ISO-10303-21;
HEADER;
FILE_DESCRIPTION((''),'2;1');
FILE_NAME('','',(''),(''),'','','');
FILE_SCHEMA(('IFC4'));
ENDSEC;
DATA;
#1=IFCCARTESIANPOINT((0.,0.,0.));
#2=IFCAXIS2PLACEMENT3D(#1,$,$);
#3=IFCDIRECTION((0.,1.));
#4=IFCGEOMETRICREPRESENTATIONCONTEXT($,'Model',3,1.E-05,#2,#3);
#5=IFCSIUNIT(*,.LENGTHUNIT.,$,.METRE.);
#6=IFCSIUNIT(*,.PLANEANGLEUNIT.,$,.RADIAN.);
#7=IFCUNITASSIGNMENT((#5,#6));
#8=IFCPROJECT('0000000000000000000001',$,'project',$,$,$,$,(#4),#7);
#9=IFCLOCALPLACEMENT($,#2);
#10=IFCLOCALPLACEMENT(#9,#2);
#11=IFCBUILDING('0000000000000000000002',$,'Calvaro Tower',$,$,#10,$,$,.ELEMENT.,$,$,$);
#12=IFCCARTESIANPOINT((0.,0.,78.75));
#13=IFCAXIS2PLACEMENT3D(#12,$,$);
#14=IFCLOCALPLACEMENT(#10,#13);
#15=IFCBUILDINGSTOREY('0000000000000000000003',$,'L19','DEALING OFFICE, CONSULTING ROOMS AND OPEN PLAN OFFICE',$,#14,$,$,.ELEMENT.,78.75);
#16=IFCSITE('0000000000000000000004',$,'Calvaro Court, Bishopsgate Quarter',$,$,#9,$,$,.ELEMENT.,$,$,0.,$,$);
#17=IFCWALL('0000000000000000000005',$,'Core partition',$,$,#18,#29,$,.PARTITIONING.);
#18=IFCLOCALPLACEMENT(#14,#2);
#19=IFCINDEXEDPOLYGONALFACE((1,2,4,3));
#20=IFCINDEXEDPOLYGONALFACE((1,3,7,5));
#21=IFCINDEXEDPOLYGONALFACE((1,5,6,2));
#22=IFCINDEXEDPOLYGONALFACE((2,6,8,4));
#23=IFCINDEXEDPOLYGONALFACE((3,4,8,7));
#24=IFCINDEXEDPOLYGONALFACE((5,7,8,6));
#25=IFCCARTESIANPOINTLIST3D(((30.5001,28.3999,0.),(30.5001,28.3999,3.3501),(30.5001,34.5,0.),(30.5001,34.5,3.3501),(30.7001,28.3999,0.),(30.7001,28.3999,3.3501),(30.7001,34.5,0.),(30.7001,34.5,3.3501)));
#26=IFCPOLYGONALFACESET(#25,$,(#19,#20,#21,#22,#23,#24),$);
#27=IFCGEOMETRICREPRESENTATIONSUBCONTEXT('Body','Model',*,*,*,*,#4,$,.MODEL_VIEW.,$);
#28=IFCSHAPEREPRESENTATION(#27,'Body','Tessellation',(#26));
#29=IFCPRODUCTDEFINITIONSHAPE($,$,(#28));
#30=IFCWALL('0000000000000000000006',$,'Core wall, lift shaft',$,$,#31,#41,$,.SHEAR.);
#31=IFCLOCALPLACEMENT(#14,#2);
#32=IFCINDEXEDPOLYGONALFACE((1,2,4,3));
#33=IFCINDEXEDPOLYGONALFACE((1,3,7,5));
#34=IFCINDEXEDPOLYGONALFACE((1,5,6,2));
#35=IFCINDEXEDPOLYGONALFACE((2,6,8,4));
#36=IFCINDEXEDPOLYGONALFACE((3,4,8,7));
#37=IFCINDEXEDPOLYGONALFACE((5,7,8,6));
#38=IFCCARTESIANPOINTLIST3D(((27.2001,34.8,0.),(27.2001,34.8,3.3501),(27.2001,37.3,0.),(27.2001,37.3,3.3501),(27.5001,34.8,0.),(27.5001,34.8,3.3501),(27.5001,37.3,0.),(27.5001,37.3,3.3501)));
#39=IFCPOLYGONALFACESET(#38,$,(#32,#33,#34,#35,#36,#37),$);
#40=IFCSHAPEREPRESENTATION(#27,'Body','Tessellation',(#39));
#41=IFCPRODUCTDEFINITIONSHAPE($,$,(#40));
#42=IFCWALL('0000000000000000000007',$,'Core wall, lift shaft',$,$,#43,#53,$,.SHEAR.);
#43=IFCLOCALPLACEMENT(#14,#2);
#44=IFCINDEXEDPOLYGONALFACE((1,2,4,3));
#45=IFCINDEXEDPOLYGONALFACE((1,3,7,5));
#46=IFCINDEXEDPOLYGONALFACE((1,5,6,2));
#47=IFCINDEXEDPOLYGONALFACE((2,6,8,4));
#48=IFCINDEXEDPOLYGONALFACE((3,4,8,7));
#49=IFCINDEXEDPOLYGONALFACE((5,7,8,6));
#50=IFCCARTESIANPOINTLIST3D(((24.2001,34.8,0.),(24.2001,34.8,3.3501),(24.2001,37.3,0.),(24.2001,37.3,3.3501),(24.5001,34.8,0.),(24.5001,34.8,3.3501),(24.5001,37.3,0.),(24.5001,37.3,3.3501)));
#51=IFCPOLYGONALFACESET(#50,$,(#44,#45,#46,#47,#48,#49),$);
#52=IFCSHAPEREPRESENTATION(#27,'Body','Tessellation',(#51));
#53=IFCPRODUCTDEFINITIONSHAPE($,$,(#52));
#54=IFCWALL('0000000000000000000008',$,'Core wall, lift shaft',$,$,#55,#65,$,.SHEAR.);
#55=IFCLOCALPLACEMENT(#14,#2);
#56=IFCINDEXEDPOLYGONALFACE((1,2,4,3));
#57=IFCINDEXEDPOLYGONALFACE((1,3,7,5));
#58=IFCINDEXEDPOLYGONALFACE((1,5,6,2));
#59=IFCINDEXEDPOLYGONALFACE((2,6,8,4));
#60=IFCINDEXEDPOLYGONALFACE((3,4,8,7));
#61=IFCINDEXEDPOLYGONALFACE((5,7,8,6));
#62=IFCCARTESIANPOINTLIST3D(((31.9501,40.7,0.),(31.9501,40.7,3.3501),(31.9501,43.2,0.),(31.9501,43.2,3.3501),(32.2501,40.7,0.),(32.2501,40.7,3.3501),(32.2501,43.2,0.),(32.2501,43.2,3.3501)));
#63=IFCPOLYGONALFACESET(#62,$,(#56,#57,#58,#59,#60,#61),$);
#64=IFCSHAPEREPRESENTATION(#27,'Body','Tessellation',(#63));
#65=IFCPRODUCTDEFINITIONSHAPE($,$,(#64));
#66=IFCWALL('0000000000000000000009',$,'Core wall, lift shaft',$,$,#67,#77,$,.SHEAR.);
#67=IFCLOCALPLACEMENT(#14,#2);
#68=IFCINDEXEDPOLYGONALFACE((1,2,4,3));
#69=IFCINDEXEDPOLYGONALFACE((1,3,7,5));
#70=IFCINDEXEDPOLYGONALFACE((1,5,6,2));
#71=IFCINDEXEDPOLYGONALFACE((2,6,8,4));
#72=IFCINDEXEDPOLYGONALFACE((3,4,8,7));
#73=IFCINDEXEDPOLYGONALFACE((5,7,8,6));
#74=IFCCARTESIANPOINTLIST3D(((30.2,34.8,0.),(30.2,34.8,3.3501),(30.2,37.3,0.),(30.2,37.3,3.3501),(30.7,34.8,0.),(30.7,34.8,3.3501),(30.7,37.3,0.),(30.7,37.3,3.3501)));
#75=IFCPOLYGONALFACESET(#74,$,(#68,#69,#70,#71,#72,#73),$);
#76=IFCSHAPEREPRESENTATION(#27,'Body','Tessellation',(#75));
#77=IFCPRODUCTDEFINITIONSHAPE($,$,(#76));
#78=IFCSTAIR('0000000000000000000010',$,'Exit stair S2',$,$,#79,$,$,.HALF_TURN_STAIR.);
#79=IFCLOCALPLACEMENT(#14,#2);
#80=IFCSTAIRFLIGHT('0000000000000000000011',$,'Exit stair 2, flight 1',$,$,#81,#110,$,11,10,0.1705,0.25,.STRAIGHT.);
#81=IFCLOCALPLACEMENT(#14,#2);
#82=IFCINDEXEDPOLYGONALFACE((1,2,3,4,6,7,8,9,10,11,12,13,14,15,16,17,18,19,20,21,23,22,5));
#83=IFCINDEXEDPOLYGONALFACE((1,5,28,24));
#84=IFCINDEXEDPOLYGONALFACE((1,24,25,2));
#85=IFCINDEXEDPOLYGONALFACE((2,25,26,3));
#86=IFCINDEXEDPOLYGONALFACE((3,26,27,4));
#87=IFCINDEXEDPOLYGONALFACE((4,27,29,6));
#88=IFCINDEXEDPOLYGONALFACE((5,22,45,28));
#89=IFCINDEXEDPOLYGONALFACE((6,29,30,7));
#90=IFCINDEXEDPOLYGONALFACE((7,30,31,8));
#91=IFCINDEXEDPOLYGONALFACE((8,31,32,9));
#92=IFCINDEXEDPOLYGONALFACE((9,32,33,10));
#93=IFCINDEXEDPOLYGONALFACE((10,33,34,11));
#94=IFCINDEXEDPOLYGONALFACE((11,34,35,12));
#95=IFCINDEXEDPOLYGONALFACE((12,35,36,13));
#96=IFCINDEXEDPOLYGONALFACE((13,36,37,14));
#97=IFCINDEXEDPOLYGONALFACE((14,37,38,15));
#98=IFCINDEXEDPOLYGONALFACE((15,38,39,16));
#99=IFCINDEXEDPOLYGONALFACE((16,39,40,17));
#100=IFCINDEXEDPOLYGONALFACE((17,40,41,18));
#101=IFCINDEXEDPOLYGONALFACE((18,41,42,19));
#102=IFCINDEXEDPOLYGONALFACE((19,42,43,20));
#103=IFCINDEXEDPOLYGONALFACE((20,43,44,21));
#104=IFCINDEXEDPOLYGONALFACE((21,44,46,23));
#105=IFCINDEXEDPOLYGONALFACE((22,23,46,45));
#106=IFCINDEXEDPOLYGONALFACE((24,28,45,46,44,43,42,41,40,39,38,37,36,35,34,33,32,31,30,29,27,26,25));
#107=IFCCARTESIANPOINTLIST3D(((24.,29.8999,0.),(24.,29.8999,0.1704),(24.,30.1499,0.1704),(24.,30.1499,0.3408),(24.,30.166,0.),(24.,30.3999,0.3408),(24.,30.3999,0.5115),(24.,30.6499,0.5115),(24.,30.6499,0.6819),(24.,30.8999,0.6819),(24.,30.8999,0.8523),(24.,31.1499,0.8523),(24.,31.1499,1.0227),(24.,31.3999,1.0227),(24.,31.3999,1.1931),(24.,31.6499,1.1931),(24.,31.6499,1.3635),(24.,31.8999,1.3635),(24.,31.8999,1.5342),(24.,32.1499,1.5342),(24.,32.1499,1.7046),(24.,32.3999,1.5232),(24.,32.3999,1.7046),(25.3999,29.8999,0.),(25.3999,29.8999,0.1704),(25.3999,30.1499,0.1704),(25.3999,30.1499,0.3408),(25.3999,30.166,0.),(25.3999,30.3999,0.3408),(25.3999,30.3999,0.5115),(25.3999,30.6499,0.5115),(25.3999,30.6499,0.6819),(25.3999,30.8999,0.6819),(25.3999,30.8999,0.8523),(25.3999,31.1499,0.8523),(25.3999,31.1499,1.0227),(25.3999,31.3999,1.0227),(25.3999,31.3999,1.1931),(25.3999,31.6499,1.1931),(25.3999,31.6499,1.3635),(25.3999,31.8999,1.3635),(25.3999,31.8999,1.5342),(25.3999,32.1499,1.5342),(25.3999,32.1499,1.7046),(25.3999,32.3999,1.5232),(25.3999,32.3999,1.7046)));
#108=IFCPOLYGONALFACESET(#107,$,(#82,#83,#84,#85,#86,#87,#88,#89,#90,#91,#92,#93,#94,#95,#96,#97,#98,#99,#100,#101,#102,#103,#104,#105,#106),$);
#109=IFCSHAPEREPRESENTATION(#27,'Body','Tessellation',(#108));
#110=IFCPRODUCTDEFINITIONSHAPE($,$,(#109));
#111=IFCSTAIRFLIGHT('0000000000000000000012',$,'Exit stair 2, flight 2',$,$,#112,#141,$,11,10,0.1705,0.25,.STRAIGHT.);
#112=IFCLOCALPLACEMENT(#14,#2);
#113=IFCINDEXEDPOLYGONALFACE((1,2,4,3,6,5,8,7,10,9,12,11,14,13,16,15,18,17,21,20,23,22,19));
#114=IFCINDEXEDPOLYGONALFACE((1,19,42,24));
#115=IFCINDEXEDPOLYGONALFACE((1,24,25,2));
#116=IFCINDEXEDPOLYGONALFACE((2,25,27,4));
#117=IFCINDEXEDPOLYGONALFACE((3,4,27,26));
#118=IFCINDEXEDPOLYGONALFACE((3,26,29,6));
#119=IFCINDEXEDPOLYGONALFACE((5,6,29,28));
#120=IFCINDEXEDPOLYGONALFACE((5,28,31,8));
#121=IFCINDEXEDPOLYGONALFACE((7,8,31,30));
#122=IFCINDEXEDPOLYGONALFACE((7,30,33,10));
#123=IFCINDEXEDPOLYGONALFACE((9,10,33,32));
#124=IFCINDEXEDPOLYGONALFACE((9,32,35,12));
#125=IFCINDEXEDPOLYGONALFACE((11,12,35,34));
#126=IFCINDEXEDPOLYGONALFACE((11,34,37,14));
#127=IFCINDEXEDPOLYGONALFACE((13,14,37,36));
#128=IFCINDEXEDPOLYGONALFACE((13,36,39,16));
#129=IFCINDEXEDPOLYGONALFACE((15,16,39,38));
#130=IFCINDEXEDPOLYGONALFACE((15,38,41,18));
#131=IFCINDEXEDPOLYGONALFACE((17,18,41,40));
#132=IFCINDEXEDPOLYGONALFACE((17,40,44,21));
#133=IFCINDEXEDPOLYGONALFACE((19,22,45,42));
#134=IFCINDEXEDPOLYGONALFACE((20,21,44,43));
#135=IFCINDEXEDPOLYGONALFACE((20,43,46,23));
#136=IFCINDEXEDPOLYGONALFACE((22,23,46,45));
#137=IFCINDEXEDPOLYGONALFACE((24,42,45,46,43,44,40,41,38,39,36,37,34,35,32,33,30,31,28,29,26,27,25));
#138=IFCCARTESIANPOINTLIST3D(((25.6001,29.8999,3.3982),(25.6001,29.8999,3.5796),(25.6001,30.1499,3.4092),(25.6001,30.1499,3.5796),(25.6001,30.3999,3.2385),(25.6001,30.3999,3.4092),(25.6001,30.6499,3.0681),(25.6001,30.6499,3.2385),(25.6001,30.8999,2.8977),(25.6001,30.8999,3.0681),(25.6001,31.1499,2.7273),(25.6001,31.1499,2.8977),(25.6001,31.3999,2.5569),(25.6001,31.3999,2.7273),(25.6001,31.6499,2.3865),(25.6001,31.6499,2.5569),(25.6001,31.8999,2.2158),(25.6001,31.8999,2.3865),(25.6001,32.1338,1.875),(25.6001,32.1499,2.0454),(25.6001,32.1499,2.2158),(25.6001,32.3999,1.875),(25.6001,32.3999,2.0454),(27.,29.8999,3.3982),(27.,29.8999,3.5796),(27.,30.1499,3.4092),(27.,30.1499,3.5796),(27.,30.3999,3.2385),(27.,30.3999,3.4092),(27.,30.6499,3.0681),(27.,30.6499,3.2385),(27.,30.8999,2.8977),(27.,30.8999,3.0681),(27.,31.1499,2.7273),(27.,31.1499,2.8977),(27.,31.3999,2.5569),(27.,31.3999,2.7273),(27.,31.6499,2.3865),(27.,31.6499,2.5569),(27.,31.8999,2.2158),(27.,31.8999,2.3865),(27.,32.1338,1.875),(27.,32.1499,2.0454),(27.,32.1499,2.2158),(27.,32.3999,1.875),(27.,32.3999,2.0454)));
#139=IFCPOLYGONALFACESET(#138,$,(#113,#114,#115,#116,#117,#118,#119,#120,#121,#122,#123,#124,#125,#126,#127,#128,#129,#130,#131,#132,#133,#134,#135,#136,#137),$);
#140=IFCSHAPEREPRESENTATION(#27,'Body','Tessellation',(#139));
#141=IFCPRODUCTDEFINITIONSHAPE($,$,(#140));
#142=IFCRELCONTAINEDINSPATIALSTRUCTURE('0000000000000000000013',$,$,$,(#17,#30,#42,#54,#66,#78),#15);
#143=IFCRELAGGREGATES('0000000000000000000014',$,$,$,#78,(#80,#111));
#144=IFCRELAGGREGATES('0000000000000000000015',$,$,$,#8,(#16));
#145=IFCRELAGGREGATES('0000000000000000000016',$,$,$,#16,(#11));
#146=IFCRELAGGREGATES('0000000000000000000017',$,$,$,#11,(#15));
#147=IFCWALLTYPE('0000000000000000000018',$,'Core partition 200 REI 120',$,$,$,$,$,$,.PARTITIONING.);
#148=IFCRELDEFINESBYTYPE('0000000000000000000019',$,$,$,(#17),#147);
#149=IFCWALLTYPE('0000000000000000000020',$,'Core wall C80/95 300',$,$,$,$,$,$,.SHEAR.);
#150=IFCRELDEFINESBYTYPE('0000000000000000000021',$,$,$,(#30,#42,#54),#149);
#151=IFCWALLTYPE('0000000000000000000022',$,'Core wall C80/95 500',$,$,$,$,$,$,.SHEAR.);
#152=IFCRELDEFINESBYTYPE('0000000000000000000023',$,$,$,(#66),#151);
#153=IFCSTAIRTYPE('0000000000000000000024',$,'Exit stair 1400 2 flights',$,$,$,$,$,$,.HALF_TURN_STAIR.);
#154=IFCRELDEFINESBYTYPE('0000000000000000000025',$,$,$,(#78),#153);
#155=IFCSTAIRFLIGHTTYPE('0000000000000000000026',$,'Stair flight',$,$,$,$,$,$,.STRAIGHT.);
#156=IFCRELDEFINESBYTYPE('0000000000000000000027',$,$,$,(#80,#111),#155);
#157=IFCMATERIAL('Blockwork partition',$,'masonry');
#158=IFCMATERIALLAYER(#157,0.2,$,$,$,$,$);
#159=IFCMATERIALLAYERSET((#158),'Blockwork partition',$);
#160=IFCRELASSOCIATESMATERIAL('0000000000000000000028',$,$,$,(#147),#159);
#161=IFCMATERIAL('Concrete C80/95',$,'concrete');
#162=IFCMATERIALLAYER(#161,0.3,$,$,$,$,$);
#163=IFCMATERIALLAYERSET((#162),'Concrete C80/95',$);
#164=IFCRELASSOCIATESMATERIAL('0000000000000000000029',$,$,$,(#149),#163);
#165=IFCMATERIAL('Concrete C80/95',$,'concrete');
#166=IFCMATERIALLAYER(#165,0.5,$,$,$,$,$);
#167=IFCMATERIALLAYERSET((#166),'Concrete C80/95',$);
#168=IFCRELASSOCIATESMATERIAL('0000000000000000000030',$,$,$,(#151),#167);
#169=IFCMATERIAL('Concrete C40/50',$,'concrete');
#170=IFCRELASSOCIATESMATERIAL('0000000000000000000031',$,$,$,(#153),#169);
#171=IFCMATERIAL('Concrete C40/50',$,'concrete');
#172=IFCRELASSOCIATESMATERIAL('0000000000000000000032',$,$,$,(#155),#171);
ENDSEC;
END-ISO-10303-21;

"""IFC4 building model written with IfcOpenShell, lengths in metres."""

from ifc_helpers import new_model, si_unit, direction, frame, frame_2d, origin, place, context, subcontext, project, spatial, polyline, rectangle, outline, extrude, material, layer, layer_set, type_object, element, aggregate, save


model = new_model("IFC4")

# Units and contexts
model_context = context("Model", 3, precision=1e-05, world=origin(), true_north=direction((0.0, 1.0)))
body_context = subcontext(model_context, "Body", "Model", "MODEL_VIEW")
ifc_project = project(units=[si_unit("LENGTHUNIT", "METRE"), si_unit("PLANEANGLEUNIT", "RADIAN")], contexts=[model_context])

# Site, building, storey
site_placement = place(None, origin())
site = spatial("IfcSite", under=ifc_project, at=site_placement, Name="Calvaro Court, Bishopsgate Quarter", CompositionType="ELEMENT", RefElevation=0.0)
building_placement = place(site_placement, origin())
building = spatial("IfcBuilding", under=site, at=building_placement, Name="Calvaro Tower", CompositionType="ELEMENT")
storey_placement = place(building_placement, frame((0.0, 0.0, 78.75)))
storey = spatial("IfcBuildingStorey", under=building, at=storey_placement, Name="L19", Description="DEALING OFFICE, CONSULTING ROOMS AND OPEN PLAN OFFICE", CompositionType="ELEMENT", Elevation=78.75)

# Walls
ifc_material_1 = material(Name="Blockwork partition", Category="masonry")
ifc_layer_1 = layer(ifc_material_1, 0.2)
ifc_layer_set_1 = layer_set([ifc_layer_1], Name="Blockwork partition")
wall_type_1 = type_object("IfcWallType", Name="Core partition 200 REI 120", PredefinedType="PARTITIONING", material=ifc_layer_set_1)
wall_1_placement = place(storey_placement, frame((30.6001, 28.3999, 0.0), z_axis=(0.0, 0.0, 1.0), x_axis=(0.0, 1.0, 0.0)))
element("IfcWall", 1, at=wall_1_placement, inside=storey, type_object=wall_type_1, Name="Core partition", PredefinedType="PARTITIONING", context=body_context, shape_type="SweptSolid", body=[
    extrude(rectangle(XDim=6.1001, YDim=0.2, at=frame_2d((3.05, 0.0))), origin(), (0.0, 0.0, 1.0), 3.3501),
])
ifc_material_2 = material(Name="Concrete C80/95", Category="concrete")
ifc_layer_2 = layer(ifc_material_2, 0.3)
ifc_layer_set_2 = layer_set([ifc_layer_2], Name="Concrete C80/95")
wall_type_2 = type_object("IfcWallType", Name="Core wall C80/95 300", PredefinedType="SHEAR", material=ifc_layer_set_2)
for number, where, z_axis, x_axis, name in (
    (2, (27.3501, 34.8, 0.0), (0.0, 0.0, 1.0), (0.0, 1.0, 0.0), "Core wall, lift shaft"),
    (3, (24.3501, 34.8, 0.0), (0.0, 0.0, 1.0), (0.0, 1.0, 0.0), "Core wall, lift shaft"),
    (4, (32.1001, 40.7, 0.0), (0.0, 0.0, 1.0), (0.0, 1.0, 0.0), "Core wall, lift shaft"),
):
    element("IfcWall", number, at=place(storey_placement, frame(where, z_axis=z_axis, x_axis=x_axis)), inside=storey, type_object=wall_type_2, Name=name, PredefinedType="SHEAR", context=body_context, shape_type="SweptSolid", body=[
        extrude(rectangle(XDim=2.5, YDim=0.3, at=frame_2d((1.25, 0.0))), origin(), (0.0, 0.0, 1.0), 3.3501),
    ])
ifc_material_3 = material(Name="Concrete C80/95", Category="concrete")
ifc_layer_3 = layer(ifc_material_3, 0.5)
ifc_layer_set_3 = layer_set([ifc_layer_3], Name="Concrete C80/95")
wall_type_3 = type_object("IfcWallType", Name="Core wall C80/95 500", PredefinedType="SHEAR", material=ifc_layer_set_3)
wall_2_placement = place(storey_placement, frame((30.45, 34.8, 0.0), z_axis=(0.0, 0.0, 1.0), x_axis=(0.0, 1.0, 0.0)))
element("IfcWall", 5, at=wall_2_placement, inside=storey, type_object=wall_type_3, Name="Core wall, lift shaft", PredefinedType="SHEAR", context=body_context, shape_type="SweptSolid", body=[
    extrude(rectangle(XDim=2.5, YDim=0.5, at=frame_2d((1.25, 0.0))), origin(), (0.0, 0.0, 1.0), 3.3501),
])

# Stair, stair flights
ifc_material_4 = material(Name="Concrete C40/50", Category="concrete")
stair_type = type_object("IfcStairType", Name="Exit stair 1400 2 flights", PredefinedType="HALF_TURN_STAIR", material=ifc_material_4)
stair_placement = place(storey_placement, origin())
stair = element("IfcStair", 6, at=stair_placement, inside=storey, type_object=stair_type, Name="Exit stair S2", PredefinedType="HALF_TURN_STAIR")
ifc_material_5 = material(Name="Concrete C40/50", Category="concrete")
stair_flight_type = type_object("IfcStairFlightType", Name="Stair flight", PredefinedType="STRAIGHT", material=ifc_material_5)
stair_flight_1_placement = place(storey_placement, frame((24.7, 29.8999, 0.0), z_axis=(0.0, 0.0, 1.0), x_axis=(0.0, 1.0, 0.0)))
stair_flight_1 = element("IfcStairFlight", 7, at=stair_flight_1_placement, type_object=stair_flight_type, Name="Exit stair 2, flight 1", NumberOfRisers=11, NumberOfTreads=10, PredefinedType="STRAIGHT", RiserHeight=0.1705, TreadLength=0.25, context=body_context, shape_type="SweptSolid", body=[
    extrude(outline(polyline([(0.0, 0.0), (0.0, 0.1704), (0.25, 0.1704), (0.25, 0.3408), (0.5, 0.3408), (0.5, 0.5115), (0.75, 0.5115), (0.75, 0.6819), (1.0, 0.6819), (1.0, 0.8523), (1.25, 0.8523), (1.25, 1.0227), (1.5, 1.0227), (1.5, 1.1931), (1.75, 1.1931), (1.75, 1.3635), (2.0, 1.3635), (2.0, 1.5342), (2.25, 1.5342), (2.25, 1.7046), (2.5, 1.7046), (2.5, 1.875), (2.5, 1.5232), (0.2661, 0.0), (0.0, 0.0)])), frame((0.0, 0.7, 0.0), z_axis=(0.0, -1.0, 0.0), x_axis=(1.0, 0.0, 0.0)), (0.0, 0.0, 1.0), 1.3999),
])
stair_flight_2_placement = place(storey_placement, frame((26.3, 32.3999, 1.875), z_axis=(0.0, 0.0, 1.0), x_axis=(0.0, -1.0, 0.0)))
stair_flight_2 = element("IfcStairFlight", 8, at=stair_flight_2_placement, type_object=stair_flight_type, Name="Exit stair 2, flight 2", NumberOfRisers=11, NumberOfTreads=10, PredefinedType="STRAIGHT", RiserHeight=0.1705, TreadLength=0.25, context=body_context, shape_type="SweptSolid", body=[
    extrude(outline(polyline([(0.0, 0.0), (0.0, 0.1704), (0.25, 0.1704), (0.25, 0.3408), (0.5, 0.3408), (0.5, 0.5115), (0.75, 0.5115), (0.75, 0.6819), (1.0, 0.6819), (1.0, 0.8523), (1.25, 0.8523), (1.25, 1.0227), (1.5, 1.0227), (1.5, 1.1931), (1.75, 1.1931), (1.75, 1.3635), (2.0, 1.3635), (2.0, 1.5342), (2.25, 1.5342), (2.25, 1.7046), (2.5, 1.7046), (2.5, 1.875), (2.5, 1.5232), (0.2661, 0.0), (0.0, 0.0)])), frame((0.0, 0.7, 0.0), z_axis=(0.0, -1.0, 0.0), x_axis=(1.0, 0.0, 0.0)), (0.0, 0.0, 1.0), 1.3999),
])
aggregate(stair, [stair_flight_1, stair_flight_2])

save(model, "model.ifc")
